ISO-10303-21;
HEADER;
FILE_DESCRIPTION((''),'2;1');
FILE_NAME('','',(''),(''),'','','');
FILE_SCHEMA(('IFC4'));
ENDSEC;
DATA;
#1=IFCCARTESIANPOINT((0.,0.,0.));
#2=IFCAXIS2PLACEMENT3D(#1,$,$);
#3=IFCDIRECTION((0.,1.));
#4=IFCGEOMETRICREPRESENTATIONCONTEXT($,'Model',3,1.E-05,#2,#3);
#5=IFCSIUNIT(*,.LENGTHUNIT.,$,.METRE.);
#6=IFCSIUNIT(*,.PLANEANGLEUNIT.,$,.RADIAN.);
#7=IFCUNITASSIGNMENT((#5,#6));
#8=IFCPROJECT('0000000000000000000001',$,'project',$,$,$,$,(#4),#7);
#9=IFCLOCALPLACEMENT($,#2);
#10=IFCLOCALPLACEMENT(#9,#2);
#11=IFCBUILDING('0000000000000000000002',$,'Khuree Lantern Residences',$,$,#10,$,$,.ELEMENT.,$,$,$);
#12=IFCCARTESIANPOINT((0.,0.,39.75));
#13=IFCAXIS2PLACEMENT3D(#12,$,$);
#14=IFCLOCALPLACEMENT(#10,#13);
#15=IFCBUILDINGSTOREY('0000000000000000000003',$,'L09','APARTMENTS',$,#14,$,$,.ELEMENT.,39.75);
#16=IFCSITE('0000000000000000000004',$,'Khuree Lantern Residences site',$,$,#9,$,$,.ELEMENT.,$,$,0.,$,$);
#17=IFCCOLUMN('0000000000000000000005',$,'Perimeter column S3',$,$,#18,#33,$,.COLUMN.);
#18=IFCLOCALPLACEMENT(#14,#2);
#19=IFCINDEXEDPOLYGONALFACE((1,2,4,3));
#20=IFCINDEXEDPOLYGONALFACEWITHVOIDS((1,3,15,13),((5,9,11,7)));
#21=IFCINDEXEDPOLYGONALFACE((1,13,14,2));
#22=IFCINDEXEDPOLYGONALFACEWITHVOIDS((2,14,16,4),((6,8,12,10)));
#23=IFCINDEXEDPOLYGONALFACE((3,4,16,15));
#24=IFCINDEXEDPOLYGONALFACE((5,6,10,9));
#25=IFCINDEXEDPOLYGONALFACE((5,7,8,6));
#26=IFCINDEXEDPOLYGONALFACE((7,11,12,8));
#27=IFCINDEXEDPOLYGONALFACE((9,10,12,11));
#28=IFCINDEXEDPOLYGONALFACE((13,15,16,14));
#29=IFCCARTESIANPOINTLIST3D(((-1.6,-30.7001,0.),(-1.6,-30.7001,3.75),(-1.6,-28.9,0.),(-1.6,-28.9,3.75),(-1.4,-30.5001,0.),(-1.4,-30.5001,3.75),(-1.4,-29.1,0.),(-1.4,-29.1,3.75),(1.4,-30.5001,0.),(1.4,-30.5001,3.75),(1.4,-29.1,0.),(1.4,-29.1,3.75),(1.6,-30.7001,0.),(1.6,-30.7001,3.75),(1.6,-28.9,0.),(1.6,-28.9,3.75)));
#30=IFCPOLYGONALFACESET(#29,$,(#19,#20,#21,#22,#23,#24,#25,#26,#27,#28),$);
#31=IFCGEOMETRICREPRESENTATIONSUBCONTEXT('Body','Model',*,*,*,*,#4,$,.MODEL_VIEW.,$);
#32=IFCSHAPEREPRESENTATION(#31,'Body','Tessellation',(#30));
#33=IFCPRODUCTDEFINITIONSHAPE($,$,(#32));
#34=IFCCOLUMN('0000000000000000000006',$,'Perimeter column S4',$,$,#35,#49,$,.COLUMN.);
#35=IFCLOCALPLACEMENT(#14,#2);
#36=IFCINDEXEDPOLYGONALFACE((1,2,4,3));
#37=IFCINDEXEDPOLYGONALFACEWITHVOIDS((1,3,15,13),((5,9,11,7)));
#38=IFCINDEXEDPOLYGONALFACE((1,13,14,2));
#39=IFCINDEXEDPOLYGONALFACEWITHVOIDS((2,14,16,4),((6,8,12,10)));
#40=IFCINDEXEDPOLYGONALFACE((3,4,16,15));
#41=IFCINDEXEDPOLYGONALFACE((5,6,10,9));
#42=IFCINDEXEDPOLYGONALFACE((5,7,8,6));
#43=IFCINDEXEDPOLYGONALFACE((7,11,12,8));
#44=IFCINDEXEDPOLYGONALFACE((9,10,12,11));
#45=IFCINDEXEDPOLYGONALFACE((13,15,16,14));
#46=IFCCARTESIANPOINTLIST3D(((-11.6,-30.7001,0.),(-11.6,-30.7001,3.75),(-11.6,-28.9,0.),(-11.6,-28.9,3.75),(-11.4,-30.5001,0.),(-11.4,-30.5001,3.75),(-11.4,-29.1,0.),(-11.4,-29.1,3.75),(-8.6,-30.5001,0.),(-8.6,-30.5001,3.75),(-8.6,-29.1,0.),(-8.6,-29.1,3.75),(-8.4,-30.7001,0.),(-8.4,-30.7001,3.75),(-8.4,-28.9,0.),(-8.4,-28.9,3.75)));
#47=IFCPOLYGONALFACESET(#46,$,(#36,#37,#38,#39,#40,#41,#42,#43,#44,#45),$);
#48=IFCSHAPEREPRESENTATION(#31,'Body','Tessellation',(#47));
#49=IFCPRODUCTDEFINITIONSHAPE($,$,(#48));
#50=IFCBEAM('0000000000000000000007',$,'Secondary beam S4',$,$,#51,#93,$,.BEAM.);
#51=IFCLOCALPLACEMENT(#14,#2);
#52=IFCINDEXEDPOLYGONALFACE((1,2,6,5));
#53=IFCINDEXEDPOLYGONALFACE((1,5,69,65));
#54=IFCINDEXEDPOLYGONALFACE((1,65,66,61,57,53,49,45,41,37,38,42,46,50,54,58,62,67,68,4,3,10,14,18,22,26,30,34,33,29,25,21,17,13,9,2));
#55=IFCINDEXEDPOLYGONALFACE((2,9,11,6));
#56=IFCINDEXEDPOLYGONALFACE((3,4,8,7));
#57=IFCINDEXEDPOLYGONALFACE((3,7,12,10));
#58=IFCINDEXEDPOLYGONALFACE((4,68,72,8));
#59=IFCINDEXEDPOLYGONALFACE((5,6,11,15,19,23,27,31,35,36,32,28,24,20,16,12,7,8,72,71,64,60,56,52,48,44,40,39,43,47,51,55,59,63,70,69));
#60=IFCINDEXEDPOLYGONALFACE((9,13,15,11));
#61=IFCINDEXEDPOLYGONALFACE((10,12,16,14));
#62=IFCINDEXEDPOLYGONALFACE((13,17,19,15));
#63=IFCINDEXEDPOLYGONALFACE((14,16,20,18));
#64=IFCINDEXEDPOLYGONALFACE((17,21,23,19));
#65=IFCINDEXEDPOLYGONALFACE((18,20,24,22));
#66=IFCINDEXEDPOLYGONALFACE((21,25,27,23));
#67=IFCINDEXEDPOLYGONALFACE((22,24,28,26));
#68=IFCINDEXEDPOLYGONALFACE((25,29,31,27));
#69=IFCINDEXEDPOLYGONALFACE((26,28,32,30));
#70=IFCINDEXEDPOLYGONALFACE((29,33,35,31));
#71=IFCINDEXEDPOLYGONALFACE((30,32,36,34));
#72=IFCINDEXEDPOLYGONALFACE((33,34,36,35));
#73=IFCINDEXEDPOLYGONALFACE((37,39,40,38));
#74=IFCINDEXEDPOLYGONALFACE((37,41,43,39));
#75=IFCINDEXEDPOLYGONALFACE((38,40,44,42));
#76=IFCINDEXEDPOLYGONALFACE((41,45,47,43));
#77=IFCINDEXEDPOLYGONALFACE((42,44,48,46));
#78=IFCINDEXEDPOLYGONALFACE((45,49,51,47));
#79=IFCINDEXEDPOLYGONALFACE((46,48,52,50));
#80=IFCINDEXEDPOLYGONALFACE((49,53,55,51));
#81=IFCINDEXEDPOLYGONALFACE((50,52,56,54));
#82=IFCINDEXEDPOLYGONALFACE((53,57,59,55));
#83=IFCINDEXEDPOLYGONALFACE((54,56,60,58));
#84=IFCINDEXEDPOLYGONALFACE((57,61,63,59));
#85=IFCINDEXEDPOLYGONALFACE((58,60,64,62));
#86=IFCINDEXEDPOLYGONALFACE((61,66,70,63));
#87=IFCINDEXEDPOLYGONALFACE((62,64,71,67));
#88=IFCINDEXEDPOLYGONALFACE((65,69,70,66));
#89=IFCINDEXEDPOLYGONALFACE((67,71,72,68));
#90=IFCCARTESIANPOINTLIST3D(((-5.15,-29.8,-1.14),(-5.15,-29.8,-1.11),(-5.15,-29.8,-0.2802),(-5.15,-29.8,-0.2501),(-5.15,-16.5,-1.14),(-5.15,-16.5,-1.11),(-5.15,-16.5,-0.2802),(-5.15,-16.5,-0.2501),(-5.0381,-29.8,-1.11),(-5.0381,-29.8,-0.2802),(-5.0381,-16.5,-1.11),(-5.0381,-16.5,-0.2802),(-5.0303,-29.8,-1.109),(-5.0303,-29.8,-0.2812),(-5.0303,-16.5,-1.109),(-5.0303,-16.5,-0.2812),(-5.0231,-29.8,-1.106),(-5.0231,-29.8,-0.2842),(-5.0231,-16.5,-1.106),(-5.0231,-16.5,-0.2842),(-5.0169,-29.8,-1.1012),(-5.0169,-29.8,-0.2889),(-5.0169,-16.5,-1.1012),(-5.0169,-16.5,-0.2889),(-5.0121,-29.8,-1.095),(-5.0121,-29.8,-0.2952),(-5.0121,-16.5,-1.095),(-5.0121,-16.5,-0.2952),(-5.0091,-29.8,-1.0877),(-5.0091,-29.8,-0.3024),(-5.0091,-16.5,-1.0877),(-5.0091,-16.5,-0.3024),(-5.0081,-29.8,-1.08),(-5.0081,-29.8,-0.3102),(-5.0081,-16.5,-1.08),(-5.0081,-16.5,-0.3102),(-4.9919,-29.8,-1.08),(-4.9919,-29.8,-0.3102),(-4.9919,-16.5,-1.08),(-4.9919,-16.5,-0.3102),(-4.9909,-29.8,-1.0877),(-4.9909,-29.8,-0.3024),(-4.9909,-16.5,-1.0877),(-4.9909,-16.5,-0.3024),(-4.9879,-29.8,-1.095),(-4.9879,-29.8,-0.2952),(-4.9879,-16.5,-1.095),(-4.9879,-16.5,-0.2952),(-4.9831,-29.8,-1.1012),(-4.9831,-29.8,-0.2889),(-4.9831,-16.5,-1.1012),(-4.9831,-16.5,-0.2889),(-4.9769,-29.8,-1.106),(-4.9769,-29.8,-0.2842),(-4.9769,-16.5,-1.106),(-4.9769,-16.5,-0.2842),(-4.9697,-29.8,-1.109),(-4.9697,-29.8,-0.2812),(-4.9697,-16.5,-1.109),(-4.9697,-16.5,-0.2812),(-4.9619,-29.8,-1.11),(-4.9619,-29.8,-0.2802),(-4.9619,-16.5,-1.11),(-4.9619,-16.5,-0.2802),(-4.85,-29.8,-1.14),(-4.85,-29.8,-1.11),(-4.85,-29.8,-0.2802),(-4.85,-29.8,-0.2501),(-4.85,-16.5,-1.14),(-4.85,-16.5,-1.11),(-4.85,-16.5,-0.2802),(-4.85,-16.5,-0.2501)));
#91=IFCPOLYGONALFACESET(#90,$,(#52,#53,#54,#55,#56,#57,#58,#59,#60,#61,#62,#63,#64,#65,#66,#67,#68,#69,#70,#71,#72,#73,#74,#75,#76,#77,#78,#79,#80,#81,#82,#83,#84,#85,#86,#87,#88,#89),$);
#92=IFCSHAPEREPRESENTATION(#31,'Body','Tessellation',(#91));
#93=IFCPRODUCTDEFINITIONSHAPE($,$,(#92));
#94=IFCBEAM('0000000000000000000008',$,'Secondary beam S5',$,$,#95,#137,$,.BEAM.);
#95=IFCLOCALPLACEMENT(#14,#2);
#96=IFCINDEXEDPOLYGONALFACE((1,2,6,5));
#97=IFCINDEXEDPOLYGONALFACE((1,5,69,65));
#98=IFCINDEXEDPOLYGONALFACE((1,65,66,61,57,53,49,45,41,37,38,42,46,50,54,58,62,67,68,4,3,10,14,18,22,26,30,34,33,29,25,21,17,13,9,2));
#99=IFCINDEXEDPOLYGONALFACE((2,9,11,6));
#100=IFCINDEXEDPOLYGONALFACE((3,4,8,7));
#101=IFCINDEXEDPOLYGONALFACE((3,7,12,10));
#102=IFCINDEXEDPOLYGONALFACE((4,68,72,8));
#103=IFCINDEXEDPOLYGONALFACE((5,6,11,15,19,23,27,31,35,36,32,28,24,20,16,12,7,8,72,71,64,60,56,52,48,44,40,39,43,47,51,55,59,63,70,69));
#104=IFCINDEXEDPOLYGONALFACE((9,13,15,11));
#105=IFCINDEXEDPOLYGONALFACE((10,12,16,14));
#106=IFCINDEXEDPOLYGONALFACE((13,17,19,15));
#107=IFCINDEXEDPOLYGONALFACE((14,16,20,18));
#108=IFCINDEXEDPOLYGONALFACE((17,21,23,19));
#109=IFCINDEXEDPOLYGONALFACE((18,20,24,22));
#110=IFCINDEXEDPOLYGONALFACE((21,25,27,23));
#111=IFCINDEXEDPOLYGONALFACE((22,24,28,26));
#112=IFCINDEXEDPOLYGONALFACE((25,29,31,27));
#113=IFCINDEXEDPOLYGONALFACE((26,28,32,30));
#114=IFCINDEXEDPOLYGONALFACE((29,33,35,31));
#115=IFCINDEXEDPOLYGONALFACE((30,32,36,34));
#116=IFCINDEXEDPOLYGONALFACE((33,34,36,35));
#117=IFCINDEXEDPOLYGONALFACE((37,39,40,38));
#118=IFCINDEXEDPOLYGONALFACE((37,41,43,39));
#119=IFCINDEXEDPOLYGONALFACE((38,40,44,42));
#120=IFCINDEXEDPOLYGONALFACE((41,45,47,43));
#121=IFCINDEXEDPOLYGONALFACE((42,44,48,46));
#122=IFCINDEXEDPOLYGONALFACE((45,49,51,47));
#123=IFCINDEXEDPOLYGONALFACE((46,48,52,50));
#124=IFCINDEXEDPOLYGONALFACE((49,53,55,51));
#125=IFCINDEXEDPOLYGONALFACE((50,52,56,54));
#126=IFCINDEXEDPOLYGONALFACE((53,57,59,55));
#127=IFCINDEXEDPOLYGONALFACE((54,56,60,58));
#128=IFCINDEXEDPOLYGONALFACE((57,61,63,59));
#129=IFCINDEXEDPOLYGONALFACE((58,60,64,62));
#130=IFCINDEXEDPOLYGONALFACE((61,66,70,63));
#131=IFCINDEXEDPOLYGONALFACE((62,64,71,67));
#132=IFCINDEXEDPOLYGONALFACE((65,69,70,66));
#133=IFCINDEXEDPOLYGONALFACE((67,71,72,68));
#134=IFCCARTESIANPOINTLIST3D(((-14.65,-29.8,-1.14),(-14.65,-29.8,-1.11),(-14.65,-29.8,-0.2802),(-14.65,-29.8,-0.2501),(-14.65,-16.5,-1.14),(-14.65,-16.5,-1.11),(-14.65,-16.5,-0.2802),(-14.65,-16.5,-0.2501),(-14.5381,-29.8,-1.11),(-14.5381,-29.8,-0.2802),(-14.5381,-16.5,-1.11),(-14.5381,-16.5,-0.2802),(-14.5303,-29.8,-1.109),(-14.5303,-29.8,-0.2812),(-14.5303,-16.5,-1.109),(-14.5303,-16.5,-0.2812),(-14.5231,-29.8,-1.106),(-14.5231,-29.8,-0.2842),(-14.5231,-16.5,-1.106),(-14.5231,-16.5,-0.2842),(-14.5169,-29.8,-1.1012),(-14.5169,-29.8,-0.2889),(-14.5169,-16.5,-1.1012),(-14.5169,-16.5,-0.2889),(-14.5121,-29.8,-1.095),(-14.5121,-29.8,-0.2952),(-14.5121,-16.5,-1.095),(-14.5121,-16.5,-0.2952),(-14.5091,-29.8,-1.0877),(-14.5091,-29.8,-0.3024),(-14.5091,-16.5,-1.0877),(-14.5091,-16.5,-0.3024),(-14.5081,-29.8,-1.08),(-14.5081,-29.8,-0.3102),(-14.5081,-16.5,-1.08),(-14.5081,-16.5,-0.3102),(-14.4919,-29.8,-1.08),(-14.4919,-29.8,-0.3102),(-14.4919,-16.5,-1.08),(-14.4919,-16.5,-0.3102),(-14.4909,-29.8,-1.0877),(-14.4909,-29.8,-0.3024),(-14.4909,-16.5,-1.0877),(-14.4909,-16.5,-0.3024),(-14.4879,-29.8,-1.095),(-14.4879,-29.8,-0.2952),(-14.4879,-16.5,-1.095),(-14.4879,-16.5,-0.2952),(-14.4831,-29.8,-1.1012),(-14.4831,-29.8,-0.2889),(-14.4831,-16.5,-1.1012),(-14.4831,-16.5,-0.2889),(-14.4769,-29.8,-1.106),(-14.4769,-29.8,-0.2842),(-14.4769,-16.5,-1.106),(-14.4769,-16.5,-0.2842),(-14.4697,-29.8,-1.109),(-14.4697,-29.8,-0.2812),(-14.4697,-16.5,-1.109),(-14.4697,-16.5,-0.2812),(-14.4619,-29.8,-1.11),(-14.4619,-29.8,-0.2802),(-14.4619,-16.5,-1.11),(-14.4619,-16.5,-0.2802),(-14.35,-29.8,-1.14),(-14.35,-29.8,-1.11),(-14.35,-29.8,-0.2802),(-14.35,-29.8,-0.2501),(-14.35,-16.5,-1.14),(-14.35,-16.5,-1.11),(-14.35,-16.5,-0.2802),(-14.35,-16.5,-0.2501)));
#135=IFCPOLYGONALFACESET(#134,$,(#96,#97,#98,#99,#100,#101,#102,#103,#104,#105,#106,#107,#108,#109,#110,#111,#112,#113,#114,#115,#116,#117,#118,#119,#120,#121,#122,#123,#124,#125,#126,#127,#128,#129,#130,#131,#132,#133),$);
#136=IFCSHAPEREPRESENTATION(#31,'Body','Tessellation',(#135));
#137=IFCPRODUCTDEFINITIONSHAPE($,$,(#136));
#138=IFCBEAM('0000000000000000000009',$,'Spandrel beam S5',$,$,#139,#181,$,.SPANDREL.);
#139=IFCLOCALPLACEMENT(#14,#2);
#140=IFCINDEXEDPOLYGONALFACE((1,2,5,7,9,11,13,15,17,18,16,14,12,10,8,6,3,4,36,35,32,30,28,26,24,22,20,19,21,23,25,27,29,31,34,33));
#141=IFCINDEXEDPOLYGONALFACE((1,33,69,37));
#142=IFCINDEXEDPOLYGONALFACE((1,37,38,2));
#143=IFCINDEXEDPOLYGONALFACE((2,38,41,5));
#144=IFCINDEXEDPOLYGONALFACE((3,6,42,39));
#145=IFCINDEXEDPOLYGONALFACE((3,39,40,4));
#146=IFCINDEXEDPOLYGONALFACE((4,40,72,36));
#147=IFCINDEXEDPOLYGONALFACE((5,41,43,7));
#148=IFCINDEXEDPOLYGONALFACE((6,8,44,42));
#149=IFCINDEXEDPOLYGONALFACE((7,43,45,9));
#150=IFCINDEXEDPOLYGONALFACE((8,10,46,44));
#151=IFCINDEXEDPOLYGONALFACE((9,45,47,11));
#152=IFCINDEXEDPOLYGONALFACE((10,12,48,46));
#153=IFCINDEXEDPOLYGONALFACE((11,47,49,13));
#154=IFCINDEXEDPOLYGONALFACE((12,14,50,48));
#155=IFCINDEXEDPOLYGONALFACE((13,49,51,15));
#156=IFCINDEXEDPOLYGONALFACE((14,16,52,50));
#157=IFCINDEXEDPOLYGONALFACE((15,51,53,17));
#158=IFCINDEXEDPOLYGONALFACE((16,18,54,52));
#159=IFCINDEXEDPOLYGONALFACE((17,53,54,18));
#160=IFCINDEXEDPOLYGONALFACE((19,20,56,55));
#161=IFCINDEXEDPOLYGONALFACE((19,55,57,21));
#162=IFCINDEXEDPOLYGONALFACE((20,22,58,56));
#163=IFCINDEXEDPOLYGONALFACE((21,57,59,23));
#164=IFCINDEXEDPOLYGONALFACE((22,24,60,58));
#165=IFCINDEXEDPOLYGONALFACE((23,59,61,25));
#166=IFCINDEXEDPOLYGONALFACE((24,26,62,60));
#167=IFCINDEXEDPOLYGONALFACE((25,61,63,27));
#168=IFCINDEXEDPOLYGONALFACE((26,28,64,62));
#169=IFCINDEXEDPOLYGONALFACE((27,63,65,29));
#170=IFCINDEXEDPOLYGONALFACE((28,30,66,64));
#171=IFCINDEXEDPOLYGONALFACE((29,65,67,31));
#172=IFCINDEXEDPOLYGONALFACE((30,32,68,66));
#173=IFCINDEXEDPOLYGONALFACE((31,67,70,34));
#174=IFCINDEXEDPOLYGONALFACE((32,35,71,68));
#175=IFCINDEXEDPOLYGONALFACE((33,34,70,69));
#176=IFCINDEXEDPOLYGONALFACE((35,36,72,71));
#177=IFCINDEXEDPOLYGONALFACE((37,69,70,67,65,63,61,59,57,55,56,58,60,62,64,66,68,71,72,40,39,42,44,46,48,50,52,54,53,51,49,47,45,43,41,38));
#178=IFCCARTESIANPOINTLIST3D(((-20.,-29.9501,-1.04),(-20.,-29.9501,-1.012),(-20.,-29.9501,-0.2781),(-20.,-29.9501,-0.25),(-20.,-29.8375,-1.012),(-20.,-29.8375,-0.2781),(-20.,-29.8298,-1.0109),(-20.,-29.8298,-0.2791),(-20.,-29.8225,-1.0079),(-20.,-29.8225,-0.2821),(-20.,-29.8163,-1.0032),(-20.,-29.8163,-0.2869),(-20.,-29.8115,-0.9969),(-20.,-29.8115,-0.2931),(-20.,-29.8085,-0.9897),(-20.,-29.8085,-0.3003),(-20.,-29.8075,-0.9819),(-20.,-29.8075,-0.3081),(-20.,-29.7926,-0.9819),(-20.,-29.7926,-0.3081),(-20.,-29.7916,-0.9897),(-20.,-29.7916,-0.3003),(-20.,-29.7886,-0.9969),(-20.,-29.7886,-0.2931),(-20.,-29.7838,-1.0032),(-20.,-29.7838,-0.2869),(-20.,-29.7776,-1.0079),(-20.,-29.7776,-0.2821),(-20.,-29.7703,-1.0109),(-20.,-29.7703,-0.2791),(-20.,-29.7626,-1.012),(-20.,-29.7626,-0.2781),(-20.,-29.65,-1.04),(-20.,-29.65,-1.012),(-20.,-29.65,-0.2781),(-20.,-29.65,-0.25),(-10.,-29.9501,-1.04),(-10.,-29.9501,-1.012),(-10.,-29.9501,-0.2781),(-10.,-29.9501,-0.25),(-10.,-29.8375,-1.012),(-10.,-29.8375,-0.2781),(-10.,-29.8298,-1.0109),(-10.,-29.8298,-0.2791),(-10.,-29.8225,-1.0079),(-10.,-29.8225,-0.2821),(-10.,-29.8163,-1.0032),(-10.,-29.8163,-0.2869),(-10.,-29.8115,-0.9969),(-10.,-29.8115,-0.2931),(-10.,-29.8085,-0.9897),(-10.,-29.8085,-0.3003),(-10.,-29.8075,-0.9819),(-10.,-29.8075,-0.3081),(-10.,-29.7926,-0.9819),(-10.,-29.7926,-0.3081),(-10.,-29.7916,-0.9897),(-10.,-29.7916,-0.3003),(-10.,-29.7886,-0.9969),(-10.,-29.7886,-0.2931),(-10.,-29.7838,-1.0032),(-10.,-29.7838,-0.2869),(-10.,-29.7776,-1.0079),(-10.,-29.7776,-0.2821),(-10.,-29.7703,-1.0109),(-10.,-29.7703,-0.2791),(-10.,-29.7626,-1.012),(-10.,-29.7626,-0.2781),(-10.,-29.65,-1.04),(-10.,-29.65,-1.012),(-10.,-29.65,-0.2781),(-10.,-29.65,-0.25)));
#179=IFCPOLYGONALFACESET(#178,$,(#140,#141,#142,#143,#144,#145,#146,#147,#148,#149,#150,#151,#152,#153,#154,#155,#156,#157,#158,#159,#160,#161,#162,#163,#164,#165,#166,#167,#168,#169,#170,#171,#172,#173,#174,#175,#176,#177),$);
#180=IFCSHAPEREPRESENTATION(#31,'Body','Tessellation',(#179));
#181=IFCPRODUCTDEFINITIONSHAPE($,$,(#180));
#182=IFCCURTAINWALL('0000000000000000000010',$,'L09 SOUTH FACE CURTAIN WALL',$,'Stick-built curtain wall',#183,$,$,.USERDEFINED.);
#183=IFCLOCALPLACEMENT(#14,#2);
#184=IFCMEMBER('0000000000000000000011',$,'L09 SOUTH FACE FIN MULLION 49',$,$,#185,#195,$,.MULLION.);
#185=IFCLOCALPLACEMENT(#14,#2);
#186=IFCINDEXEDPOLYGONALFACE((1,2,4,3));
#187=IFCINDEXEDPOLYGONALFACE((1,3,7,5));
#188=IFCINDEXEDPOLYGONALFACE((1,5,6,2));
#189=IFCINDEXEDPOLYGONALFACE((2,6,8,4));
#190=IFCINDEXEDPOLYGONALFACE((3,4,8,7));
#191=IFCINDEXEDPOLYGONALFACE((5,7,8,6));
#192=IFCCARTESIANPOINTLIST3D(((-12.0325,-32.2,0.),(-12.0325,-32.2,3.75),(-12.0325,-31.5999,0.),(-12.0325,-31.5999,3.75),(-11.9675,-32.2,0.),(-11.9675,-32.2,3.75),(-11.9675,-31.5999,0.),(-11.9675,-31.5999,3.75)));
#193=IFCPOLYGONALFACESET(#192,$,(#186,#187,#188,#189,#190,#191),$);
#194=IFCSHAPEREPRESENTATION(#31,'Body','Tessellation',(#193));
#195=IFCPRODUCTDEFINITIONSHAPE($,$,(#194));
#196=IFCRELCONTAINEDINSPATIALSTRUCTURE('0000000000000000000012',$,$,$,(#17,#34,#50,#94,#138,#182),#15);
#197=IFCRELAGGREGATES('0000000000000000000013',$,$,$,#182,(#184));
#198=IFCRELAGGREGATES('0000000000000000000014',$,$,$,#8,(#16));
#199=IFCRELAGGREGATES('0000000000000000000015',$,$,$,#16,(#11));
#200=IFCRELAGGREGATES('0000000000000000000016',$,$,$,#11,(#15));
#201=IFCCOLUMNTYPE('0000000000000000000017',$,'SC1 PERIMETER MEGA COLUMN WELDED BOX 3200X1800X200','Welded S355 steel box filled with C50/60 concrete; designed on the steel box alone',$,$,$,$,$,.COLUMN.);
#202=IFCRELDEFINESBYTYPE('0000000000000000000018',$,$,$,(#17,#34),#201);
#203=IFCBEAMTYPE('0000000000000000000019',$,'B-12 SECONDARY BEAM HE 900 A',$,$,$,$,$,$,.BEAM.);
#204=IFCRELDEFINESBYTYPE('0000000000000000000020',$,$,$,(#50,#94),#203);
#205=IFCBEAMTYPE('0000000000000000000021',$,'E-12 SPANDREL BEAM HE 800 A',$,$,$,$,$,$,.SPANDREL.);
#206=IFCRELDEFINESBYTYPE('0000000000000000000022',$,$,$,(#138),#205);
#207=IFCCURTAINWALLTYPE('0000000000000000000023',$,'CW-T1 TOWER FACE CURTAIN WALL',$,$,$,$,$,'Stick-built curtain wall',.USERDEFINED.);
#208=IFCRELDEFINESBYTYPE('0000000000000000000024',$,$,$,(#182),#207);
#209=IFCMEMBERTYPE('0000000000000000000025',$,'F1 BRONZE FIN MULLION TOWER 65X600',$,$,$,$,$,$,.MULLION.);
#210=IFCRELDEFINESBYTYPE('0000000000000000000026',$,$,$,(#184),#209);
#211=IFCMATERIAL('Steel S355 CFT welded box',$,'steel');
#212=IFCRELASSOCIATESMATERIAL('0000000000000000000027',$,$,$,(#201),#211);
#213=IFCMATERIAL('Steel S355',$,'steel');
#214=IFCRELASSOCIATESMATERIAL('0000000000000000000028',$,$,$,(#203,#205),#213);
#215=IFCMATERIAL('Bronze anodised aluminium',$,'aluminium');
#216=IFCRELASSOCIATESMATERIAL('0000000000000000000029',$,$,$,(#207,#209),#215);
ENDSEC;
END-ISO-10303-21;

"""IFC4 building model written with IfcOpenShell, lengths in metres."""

from ifc_helpers import new_model, si_unit, direction, frame, origin, origin_2d, place, context, subcontext, project, spatial, rectangle, hollow_rectangle, i_section, extrude, material, material_profile, profile_set, type_object, element, aggregate, save


model = new_model("IFC4")

# Units and contexts
model_context = context("Model", 3, precision=1e-05, world=origin(), true_north=direction((0.0, 1.0)))
body_context = subcontext(model_context, "Body", "Model", "MODEL_VIEW")
ifc_project = project(units=[si_unit("LENGTHUNIT", "METRE"), si_unit("PLANEANGLEUNIT", "RADIAN")], contexts=[model_context])

# Site, building, storey
site_placement = place(None, origin())
site = spatial("IfcSite", under=ifc_project, at=site_placement, Name="Khuree Lantern Residences site", CompositionType="ELEMENT", RefElevation=0.0)
building_placement = place(site_placement, origin())
building = spatial("IfcBuilding", under=site, at=building_placement, Name="Khuree Lantern Residences", CompositionType="ELEMENT")
storey_placement = place(building_placement, frame((0.0, 0.0, 39.75)))
storey = spatial("IfcBuildingStorey", under=building, at=storey_placement, Name="L09", Description="APARTMENTS", CompositionType="ELEMENT", Elevation=39.75)

# Columns
ifc_material_1 = material(Name="Steel S355 CFT welded box", Category="steel")
ifc_material_profile_1 = material_profile(ifc_material_1, hollow_rectangle(XDim=3.2, YDim=1.8, WallThickness=0.2, at=origin_2d()), Name="WELDED BOX 3200X1800X200")
ifc_profile_set_1 = profile_set([ifc_material_profile_1], Name="Steel S355 CFT welded box")
column_type = type_object("IfcColumnType", Name="SC1 PERIMETER MEGA COLUMN WELDED BOX 3200X1800X200", Description="Welded S355 steel box filled with C50/60 concrete; designed on the steel box alone", PredefinedType="COLUMN", material=ifc_profile_set_1)
for number, where, z_axis, x_axis, name in (
    (1, (0.0, -29.8, 0.0), (0.0, 0.0, 1.0), (1.0, 0.0, 0.0), "Perimeter column S3"),
    (2, (-10.0, -29.8, 0.0), (0.0, 0.0, 1.0), (1.0, 0.0, 0.0), "Perimeter column S4"),
):
    element("IfcColumn", number, at=place(storey_placement, frame(where, z_axis=z_axis, x_axis=x_axis)), inside=storey, type_object=column_type, Name=name, PredefinedType="COLUMN", context=body_context, shape_type="SweptSolid", body=[
        extrude(hollow_rectangle(XDim=3.2, YDim=1.8, WallThickness=0.2, at=origin_2d()), origin(), (0.0, 0.0, 1.0), 3.75),
    ])

# Beams
ifc_material_2 = material(Name="Steel S355", Category="steel")
ifc_material_profile_2 = material_profile(ifc_material_2, i_section(OverallWidth=0.3, OverallDepth=0.8899, WebThickness=0.0161, FlangeThickness=0.03, FilletRadius=0.03, at=origin_2d()), Name="HE 900 A")
ifc_profile_set_2 = profile_set([ifc_material_profile_2], Name="Steel S355")
beam_type_1 = type_object("IfcBeamType", Name="B-12 SECONDARY BEAM HE 900 A", PredefinedType="BEAM", material=ifc_profile_set_2)
for number, where, z_axis, x_axis, name in (
    (3, (-5.0, -29.8, -0.6951), (0.0, 1.0, 0.0), (-1.0, 0.0, 0.0), "Secondary beam S4"),
    (4, (-14.5, -29.8, -0.6951), (0.0, 1.0, 0.0), (-1.0, 0.0, 0.0), "Secondary beam S5"),
):
    element("IfcBeam", number, at=place(storey_placement, frame(where, z_axis=z_axis, x_axis=x_axis)), inside=storey, type_object=beam_type_1, Name=name, PredefinedType="BEAM", context=body_context, shape_type="SweptSolid", body=[
        extrude(i_section(OverallWidth=0.3, OverallDepth=0.8899, WebThickness=0.0161, FlangeThickness=0.03, FilletRadius=0.03, at=origin_2d()), origin(), (0.0, 0.0, 1.0), 13.3),
    ])
ifc_material_profile_3 = material_profile(ifc_material_2, i_section(OverallWidth=0.3, OverallDepth=0.79, WebThickness=0.0149, FlangeThickness=0.0281, FilletRadius=0.03, at=origin_2d()), Name="HE 800 A")
ifc_profile_set_3 = profile_set([ifc_material_profile_3], Name="Steel S355")
beam_type_2 = type_object("IfcBeamType", Name="E-12 SPANDREL BEAM HE 800 A", PredefinedType="SPANDREL", material=ifc_profile_set_3)
beam_1_placement = place(storey_placement, frame((-10.0, -29.8, -0.645), z_axis=(-1.0, 0.0, 0.0), x_axis=(0.0, -1.0, 0.0)))
element("IfcBeam", 5, at=beam_1_placement, inside=storey, type_object=beam_type_2, Name="Spandrel beam S5", PredefinedType="SPANDREL", context=body_context, shape_type="SweptSolid", body=[
    extrude(i_section(OverallWidth=0.3, OverallDepth=0.79, WebThickness=0.0149, FlangeThickness=0.0281, FilletRadius=0.03, at=origin_2d()), origin(), (0.0, 0.0, 1.0), 10.0),
])

# Curtain wall, member
ifc_material_3 = material(Name="Bronze anodised aluminium", Category="aluminium")
curtain_wall_type = type_object("IfcCurtainWallType", Name="CW-T1 TOWER FACE CURTAIN WALL", ElementType="Stick-built curtain wall", PredefinedType="USERDEFINED", material=ifc_material_3)
curtain_wall_placement = place(storey_placement, origin())
curtain_wall = element("IfcCurtainWall", 6, at=curtain_wall_placement, inside=storey, type_object=curtain_wall_type, Name="L09 SOUTH FACE CURTAIN WALL", ObjectType="Stick-built curtain wall", PredefinedType="USERDEFINED")
ifc_material_profile_4 = material_profile(ifc_material_3, rectangle(XDim=0.0649, YDim=0.6001, at=origin_2d()), Name="F1 65X600")
ifc_profile_set_4 = profile_set([ifc_material_profile_4], Name="Bronze anodised aluminium")
member_type_1 = type_object("IfcMemberType", Name="F1 BRONZE FIN MULLION TOWER 65X600", PredefinedType="MULLION", material=ifc_profile_set_4)
member_1_placement = place(storey_placement, frame((-12.0, -31.8999, 0.0), z_axis=(0.0, 0.0, 1.0), x_axis=(1.0, 0.0, 0.0)))
member_1 = element("IfcMember", 7, at=member_1_placement, type_object=member_type_1, Name="L09 SOUTH FACE FIN MULLION 49", PredefinedType="MULLION", context=body_context, shape_type="SweptSolid", body=[
    extrude(rectangle(XDim=0.0649, YDim=0.6001, at=origin_2d()), origin(), (0.0, 0.0, 1.0), 3.75),
])

aggregate(curtain_wall, [member_1])

save(model, "model.ifc")
